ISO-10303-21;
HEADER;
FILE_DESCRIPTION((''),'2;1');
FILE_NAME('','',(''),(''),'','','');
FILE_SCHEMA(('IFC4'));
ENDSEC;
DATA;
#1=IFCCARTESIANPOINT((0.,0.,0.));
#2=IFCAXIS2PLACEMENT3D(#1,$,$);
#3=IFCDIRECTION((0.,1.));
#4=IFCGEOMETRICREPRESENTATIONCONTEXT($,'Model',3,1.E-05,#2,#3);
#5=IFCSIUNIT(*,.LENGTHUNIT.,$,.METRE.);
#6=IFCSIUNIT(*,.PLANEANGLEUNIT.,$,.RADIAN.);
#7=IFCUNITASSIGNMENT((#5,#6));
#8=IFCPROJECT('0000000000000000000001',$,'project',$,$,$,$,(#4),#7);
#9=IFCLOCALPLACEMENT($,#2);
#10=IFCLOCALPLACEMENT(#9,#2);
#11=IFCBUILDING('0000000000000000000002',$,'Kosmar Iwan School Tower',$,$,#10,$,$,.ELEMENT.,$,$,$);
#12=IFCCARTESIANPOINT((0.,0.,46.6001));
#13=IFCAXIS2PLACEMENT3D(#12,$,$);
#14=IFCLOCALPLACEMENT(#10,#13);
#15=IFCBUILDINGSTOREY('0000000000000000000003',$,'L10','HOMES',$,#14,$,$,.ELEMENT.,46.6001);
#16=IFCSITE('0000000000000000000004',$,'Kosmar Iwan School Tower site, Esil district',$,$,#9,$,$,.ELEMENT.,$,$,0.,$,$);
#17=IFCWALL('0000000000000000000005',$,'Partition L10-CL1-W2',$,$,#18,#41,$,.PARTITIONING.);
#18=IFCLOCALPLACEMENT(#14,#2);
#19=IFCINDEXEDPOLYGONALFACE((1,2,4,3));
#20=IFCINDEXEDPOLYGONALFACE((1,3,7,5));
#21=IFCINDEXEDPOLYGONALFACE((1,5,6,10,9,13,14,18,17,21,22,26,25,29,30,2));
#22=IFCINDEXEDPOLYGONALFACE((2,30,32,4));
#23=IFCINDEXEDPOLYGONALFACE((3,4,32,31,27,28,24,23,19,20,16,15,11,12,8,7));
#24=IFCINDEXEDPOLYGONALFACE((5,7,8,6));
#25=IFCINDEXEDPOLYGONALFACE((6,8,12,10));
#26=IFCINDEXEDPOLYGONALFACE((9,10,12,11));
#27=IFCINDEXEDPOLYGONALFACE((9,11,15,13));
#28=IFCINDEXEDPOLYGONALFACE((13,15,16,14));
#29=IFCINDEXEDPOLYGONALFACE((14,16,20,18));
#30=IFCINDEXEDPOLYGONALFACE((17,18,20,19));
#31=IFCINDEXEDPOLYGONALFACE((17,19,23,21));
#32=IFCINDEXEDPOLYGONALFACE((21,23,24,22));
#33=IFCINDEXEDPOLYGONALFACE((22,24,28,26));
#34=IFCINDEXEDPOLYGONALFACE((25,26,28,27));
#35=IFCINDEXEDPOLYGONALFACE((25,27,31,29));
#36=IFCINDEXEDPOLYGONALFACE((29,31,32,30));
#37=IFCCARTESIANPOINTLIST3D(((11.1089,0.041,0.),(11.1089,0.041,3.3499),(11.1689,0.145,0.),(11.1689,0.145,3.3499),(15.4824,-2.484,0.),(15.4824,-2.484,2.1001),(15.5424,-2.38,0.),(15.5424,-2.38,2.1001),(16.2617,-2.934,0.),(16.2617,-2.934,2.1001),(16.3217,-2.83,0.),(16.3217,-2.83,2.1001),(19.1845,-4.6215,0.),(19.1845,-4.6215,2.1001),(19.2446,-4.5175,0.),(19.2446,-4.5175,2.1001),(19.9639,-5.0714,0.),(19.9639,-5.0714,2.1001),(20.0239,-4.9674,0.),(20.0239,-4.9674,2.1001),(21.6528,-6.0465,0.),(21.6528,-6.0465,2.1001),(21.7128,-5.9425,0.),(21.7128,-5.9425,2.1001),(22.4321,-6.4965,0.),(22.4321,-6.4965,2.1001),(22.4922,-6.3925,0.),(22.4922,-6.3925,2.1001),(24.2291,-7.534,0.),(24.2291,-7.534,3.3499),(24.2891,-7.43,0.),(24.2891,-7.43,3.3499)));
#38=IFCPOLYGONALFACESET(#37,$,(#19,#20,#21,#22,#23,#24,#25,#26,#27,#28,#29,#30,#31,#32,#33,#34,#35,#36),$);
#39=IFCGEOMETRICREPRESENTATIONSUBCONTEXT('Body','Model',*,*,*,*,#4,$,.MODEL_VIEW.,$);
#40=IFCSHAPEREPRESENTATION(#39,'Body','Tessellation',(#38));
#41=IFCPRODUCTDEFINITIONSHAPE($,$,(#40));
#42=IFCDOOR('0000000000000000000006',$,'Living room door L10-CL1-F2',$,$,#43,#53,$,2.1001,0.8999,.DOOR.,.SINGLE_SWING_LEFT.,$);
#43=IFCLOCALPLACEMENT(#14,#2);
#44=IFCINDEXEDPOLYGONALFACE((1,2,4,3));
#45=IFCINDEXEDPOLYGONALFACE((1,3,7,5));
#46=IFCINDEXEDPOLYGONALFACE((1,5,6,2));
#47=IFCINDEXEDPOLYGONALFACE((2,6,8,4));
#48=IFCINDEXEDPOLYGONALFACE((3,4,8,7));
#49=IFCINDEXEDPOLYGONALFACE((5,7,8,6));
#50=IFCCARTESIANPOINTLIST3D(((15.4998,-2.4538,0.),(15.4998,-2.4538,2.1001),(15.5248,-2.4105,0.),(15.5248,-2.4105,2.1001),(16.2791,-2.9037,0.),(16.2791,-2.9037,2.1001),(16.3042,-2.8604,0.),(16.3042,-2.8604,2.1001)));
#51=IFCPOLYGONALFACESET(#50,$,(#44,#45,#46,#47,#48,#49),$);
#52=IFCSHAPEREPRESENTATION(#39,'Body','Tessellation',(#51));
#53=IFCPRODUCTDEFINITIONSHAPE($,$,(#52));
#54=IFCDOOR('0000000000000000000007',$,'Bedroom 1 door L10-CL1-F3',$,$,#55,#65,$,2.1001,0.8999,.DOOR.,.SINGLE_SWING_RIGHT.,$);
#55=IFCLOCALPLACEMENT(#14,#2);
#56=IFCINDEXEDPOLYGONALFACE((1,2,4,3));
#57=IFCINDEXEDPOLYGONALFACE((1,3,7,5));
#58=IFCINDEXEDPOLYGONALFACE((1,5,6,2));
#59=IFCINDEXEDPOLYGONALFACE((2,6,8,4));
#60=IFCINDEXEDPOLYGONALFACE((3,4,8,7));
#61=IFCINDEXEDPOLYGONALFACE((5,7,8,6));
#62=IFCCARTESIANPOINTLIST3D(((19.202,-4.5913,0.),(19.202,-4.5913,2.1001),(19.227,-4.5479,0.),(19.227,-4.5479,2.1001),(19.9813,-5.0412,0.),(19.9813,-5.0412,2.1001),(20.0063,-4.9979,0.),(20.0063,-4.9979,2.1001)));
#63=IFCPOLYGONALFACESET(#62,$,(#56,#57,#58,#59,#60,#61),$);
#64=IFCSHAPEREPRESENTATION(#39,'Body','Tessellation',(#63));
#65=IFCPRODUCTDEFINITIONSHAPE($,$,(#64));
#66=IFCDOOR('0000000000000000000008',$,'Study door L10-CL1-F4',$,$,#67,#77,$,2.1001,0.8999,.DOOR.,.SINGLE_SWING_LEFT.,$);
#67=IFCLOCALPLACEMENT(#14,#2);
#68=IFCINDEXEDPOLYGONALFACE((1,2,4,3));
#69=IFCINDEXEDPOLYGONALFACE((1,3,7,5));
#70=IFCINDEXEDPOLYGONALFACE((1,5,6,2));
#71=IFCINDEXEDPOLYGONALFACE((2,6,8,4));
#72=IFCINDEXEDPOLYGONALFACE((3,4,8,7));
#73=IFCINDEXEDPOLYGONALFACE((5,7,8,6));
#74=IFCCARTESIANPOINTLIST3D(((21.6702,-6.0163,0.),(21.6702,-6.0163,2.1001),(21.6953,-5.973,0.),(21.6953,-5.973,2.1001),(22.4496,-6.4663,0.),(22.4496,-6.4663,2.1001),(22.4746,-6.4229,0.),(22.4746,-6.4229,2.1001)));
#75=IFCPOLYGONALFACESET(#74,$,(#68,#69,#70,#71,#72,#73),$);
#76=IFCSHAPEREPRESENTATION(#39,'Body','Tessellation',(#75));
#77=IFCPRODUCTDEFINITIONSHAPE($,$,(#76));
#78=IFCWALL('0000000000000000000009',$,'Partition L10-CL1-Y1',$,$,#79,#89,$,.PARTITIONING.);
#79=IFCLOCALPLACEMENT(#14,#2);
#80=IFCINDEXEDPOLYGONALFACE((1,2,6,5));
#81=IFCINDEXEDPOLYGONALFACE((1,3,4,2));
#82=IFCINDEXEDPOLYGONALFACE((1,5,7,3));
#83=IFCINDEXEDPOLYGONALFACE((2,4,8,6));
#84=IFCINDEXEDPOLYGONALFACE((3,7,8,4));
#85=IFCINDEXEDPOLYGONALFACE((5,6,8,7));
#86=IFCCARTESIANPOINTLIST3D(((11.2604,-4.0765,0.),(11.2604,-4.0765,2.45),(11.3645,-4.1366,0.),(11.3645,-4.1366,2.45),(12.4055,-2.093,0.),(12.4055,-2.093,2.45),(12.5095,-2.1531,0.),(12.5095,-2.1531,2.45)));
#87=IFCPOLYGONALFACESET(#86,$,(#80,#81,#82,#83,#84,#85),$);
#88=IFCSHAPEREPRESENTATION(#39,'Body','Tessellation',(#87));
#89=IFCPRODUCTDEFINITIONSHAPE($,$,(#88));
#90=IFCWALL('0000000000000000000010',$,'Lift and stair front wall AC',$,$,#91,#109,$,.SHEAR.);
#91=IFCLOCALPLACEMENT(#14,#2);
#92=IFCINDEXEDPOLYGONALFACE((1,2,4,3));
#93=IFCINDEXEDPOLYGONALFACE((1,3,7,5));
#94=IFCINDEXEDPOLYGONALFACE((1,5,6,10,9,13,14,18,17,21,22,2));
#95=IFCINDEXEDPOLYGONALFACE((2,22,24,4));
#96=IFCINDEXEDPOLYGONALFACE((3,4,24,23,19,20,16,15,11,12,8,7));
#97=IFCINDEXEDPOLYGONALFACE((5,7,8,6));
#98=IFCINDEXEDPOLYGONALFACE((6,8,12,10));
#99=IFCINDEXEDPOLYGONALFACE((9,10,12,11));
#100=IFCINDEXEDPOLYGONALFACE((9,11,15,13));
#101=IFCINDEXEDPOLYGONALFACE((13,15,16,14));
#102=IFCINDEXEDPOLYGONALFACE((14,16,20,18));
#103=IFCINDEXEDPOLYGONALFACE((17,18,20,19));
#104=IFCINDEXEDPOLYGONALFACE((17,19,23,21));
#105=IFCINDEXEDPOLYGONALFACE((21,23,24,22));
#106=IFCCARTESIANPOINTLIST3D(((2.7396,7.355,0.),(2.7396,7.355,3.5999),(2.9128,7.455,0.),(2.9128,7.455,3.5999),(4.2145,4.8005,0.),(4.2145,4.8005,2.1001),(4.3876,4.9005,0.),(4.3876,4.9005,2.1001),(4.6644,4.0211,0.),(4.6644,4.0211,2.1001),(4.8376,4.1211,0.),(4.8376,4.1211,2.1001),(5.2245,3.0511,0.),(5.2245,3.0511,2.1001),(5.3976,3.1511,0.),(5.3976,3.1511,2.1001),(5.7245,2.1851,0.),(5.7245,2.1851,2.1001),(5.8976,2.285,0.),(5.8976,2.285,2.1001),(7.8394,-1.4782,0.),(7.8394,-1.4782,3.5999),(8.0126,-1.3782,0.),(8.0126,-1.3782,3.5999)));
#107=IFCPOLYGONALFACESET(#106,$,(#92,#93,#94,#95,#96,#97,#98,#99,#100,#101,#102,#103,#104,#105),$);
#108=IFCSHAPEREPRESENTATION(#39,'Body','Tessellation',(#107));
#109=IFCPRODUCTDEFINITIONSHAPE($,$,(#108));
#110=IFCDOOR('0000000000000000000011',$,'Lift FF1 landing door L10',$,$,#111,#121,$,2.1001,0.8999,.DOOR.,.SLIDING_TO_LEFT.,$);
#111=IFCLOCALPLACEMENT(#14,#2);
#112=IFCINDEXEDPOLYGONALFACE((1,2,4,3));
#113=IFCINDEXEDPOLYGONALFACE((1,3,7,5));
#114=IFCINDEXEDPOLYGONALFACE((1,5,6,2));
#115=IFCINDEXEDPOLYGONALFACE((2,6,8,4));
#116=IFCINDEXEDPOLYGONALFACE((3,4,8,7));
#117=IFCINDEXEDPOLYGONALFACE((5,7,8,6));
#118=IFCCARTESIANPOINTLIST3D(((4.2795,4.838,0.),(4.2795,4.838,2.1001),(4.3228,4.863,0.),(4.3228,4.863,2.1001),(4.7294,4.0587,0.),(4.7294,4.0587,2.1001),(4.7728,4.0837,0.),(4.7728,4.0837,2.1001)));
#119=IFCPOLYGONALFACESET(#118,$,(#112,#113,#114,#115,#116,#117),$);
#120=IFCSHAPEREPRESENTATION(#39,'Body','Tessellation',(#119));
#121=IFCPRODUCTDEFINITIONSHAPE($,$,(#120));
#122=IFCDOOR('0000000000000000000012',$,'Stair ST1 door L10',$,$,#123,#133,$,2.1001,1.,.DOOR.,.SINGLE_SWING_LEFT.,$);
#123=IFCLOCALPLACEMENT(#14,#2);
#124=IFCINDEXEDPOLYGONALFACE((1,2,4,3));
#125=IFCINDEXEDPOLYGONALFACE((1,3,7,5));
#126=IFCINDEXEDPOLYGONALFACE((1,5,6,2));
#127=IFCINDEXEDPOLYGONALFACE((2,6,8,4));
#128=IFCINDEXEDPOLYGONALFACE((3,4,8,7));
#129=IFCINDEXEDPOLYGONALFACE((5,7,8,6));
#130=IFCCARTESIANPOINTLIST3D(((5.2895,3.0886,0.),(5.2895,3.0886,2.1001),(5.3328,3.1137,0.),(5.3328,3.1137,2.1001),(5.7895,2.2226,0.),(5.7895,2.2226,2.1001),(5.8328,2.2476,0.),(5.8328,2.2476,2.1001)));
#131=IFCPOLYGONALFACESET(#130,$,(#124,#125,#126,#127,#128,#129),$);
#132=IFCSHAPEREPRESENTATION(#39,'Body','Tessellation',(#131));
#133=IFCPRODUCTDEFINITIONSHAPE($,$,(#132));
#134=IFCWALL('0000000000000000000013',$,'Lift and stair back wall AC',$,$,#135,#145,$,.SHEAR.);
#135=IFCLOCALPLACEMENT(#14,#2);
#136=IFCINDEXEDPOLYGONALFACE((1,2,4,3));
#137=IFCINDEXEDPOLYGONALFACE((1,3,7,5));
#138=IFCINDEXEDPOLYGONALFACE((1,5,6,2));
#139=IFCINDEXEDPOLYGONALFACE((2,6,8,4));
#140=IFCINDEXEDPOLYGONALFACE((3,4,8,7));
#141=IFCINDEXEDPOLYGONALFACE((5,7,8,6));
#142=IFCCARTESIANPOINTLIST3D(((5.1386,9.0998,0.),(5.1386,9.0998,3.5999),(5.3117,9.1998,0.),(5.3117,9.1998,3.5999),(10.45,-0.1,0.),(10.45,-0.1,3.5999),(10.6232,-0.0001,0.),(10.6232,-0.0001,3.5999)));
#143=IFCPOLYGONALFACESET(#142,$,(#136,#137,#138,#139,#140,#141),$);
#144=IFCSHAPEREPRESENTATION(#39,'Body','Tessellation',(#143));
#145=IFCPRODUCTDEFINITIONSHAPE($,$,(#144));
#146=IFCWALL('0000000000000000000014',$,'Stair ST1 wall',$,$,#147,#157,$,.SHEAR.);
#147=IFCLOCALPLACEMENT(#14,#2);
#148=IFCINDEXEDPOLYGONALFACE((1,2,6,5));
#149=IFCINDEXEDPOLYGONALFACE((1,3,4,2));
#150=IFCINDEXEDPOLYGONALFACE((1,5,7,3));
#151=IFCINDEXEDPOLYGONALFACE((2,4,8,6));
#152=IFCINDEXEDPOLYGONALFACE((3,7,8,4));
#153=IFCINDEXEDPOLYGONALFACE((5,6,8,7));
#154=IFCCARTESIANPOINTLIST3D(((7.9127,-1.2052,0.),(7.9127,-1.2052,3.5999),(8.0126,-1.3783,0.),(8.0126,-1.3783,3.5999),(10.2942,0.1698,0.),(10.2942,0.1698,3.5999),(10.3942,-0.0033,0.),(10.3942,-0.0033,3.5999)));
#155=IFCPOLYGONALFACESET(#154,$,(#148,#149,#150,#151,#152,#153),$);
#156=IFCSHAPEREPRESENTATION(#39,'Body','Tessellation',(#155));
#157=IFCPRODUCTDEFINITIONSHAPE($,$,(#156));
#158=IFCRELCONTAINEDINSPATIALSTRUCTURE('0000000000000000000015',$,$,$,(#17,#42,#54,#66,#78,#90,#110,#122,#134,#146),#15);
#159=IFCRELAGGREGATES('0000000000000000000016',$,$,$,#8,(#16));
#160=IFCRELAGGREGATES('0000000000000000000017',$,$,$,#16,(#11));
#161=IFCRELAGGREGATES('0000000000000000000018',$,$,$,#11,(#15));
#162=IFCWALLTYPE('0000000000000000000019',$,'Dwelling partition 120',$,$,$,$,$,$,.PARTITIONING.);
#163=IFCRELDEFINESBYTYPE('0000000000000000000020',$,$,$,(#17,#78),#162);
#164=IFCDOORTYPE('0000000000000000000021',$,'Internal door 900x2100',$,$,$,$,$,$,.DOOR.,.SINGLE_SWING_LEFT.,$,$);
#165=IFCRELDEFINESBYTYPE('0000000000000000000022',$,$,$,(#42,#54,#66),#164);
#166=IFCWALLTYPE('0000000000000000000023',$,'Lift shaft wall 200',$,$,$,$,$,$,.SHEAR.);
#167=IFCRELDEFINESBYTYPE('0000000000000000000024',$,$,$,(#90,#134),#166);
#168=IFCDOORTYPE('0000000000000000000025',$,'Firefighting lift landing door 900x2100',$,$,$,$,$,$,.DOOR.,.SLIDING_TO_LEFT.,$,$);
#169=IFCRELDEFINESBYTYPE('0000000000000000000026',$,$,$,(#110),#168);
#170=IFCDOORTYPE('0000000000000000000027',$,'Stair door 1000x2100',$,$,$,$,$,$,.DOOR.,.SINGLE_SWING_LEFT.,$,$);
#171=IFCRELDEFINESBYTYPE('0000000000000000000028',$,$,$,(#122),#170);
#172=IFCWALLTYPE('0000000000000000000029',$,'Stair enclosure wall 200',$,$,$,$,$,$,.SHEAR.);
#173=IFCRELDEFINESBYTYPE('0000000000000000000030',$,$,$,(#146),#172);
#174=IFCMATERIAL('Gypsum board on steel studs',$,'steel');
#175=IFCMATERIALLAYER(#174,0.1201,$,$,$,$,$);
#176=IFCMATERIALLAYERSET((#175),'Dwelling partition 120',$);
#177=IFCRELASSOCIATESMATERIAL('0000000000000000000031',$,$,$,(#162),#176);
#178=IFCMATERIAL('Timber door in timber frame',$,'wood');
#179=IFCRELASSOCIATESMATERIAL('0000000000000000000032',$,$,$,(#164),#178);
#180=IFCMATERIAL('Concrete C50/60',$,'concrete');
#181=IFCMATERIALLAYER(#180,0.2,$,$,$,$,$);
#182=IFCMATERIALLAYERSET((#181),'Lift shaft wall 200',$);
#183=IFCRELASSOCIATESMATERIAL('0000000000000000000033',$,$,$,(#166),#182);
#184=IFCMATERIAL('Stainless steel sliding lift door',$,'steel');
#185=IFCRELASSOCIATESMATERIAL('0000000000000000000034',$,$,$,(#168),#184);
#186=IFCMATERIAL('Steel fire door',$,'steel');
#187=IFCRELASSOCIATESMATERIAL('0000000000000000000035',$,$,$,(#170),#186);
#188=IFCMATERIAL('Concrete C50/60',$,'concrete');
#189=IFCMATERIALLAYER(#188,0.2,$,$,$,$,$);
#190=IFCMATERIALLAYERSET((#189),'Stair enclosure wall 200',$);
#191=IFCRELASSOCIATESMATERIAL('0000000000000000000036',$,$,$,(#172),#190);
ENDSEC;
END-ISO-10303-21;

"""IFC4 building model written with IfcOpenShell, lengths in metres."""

from ifc_helpers import new_model, si_unit, direction, frame, frame_2d, origin, place, context, subcontext, project, spatial, rectangle, extrude, material, layer, layer_set, type_object, element, fill, save


model = new_model("IFC4")

# Units and contexts
model_context = context("Model", 3, precision=1e-05, world=origin(), true_north=direction((0.0, 1.0)))
body_context = subcontext(model_context, "Body", "Model", "MODEL_VIEW")
ifc_project = project(units=[si_unit("LENGTHUNIT", "METRE"), si_unit("PLANEANGLEUNIT", "RADIAN")], contexts=[model_context])

# Site, building, storey
site_placement = place(None, origin())
site = spatial("IfcSite", under=ifc_project, at=site_placement, Name="Kosmar Iwan School Tower site, Esil district", CompositionType="ELEMENT", RefElevation=0.0)
building_placement = place(site_placement, origin())
building = spatial("IfcBuilding", under=site, at=building_placement, Name="Kosmar Iwan School Tower", CompositionType="ELEMENT")
storey_placement = place(building_placement, frame((0.0, 0.0, 46.6001)))
storey = spatial("IfcBuildingStorey", under=building, at=storey_placement, Name="L10", Description="HOMES", CompositionType="ELEMENT", Elevation=46.6001)

# Wall, openings, doors
ifc_material_1 = material(Name="Gypsum board on steel studs", Category="steel")
ifc_layer_1 = layer(ifc_material_1, 0.1201)
ifc_layer_set_1 = layer_set([ifc_layer_1], Name="Dwelling partition 120")
wall_type_1 = type_object("IfcWallType", Name="Dwelling partition 120", PredefinedType="PARTITIONING", material=ifc_layer_set_1)
ifc_material_2 = material(Name="Timber door in timber frame", Category="wood")
door_type_1 = type_object("IfcDoorType", Name="Internal door 900x2100", OperationType="SINGLE_SWING_LEFT", PredefinedType="DOOR", material=ifc_material_2)
wall_1_placement = place(storey_placement, frame((11.1389, 0.093, 0.0), z_axis=(0.0, 0.0, 1.0), x_axis=(0.866024, -0.500002, 0.0)))
wall_1 = element("IfcWall", 1, at=wall_1_placement, inside=storey, type_object=wall_type_1, Name="Partition L10-CL1-W2", PredefinedType="PARTITIONING", context=body_context, shape_type="SweptSolid", body=[
    extrude(rectangle(XDim=15.1499, YDim=0.1201, at=frame_2d((7.575, 0.0))), origin(), (0.0, 0.0, 1.0), 3.3499),
])
opening_1_placement = place(wall_1_placement, frame((5.05, 0.0, 0.0)))
opening_1 = element("IfcOpeningElement", 2, at=opening_1_placement, cuts=wall_1, PredefinedType="OPENING", context=body_context, shape_type="SweptSolid", body=[
    extrude(rectangle(XDim=0.8999, YDim=2.1001, at=frame_2d((0.45, 1.05))), frame((0.0, 0.072, 0.0), z_axis=(0.0, -1.0, 0.0), x_axis=(1.0, 0.0, 0.0)), (0.0, 0.0, 1.0), 0.144),
])
opening_2_placement = place(wall_1_placement, frame((9.325, 0.0, 0.0)))
opening_2 = element("IfcOpeningElement", 3, at=opening_2_placement, cuts=wall_1, PredefinedType="OPENING", context=body_context, shape_type="SweptSolid", body=[
    extrude(rectangle(XDim=0.8999, YDim=2.1001, at=frame_2d((0.45, 1.05))), frame((0.0, 0.072, 0.0), z_axis=(0.0, -1.0, 0.0), x_axis=(1.0, 0.0, 0.0)), (0.0, 0.0, 1.0), 0.144),
])
opening_3_placement = place(wall_1_placement, frame((12.175, 0.0, 0.0)))
opening_3 = element("IfcOpeningElement", 4, at=opening_3_placement, cuts=wall_1, PredefinedType="OPENING", context=body_context, shape_type="SweptSolid", body=[
    extrude(rectangle(XDim=0.8999, YDim=2.1001, at=frame_2d((0.45, 1.05))), frame((0.0, 0.072, 0.0), z_axis=(0.0, -1.0, 0.0), x_axis=(1.0, 0.0, 0.0)), (0.0, 0.0, 1.0), 0.144),
])
door_1_placement = place(opening_1_placement, origin())
door_1 = element("IfcDoor", 5, at=door_1_placement, inside=storey, type_object=door_type_1, Name="Living room door L10-CL1-F2", OperationType="SINGLE_SWING_LEFT", OverallHeight=2.1001, OverallWidth=0.8999, PredefinedType="DOOR", context=body_context, shape_type="SweptSolid", body=[
    extrude(rectangle(XDim=0.8999, YDim=2.1001, at=frame_2d((0.45, 1.05))), frame((0.0, 0.0249, 0.0), z_axis=(0.0, -1.0, 0.0), x_axis=(1.0, 0.0, 0.0)), (0.0, 0.0, 1.0), 0.05),
])
fill(opening_1, door_1)
door_2_placement = place(opening_2_placement, origin())
door_2 = element("IfcDoor", 6, at=door_2_placement, inside=storey, type_object=door_type_1, Name="Bedroom 1 door L10-CL1-F3", OperationType="SINGLE_SWING_RIGHT", OverallHeight=2.1001, OverallWidth=0.8999, PredefinedType="DOOR", context=body_context, shape_type="SweptSolid", body=[
    extrude(rectangle(XDim=0.8999, YDim=2.1001, at=frame_2d((0.45, 1.05))), frame((0.0, 0.0249, 0.0), z_axis=(0.0, -1.0, 0.0), x_axis=(1.0, 0.0, 0.0)), (0.0, 0.0, 1.0), 0.05),
])
fill(opening_2, door_2)
door_3_placement = place(opening_3_placement, origin())
door_3 = element("IfcDoor", 7, at=door_3_placement, inside=storey, type_object=door_type_1, Name="Study door L10-CL1-F4", OperationType="SINGLE_SWING_LEFT", OverallHeight=2.1001, OverallWidth=0.8999, PredefinedType="DOOR", context=body_context, shape_type="SweptSolid", body=[
    extrude(rectangle(XDim=0.8999, YDim=2.1001, at=frame_2d((0.45, 1.05))), frame((0.0, 0.0249, 0.0), z_axis=(0.0, -1.0, 0.0), x_axis=(1.0, 0.0, 0.0)), (0.0, 0.0, 1.0), 0.05),
])
fill(opening_3, door_3)

# Wall
wall_2_placement = place(storey_placement, frame((11.3125, -4.1064, 0.0), z_axis=(0.0, 0.0, 1.0), x_axis=(0.499969, 0.866044, 0.0)))
element("IfcWall", 8, at=wall_2_placement, inside=storey, type_object=wall_type_1, Name="Partition L10-CL1-Y1", PredefinedType="PARTITIONING", context=body_context, shape_type="SweptSolid", body=[
    extrude(rectangle(XDim=2.2903, YDim=0.1201, at=frame_2d((1.145, 0.0))), origin(), (0.0, 0.0, 1.0), 2.45),
])

# Wall, openings, doors
ifc_material_3 = material(Name="Concrete C50/60", Category="concrete")
ifc_layer_2 = layer(ifc_material_3, 0.2)
ifc_layer_set_2 = layer_set([ifc_layer_2], Name="Lift shaft wall 200")
wall_type_2 = type_object("IfcWallType", Name="Lift shaft wall 200", PredefinedType="SHEAR", material=ifc_layer_set_2)
wall_3_placement = place(storey_placement, frame((7.926, -1.4282, 0.0), z_axis=(0.0, 0.0, 1.0), x_axis=(-0.499998, 0.866027, 0.0)))
wall_3 = element("IfcWall", 9, at=wall_3_placement, inside=storey, type_object=wall_type_2, Name="Lift and stair front wall AC", PredefinedType="SHEAR", context=body_context, shape_type="SweptSolid", body=[
    extrude(rectangle(XDim=10.1997, YDim=0.2, at=frame_2d((5.0999, 0.0))), origin(), (0.0, 0.0, 1.0), 3.5999),
])
opening_4_placement = place(wall_3_placement, frame((6.3501, 0.0, 0.0)))
opening_4 = element("IfcOpeningElement", 10, at=opening_4_placement, cuts=wall_3, PredefinedType="OPENING", context=body_context, shape_type="SweptSolid", body=[
    extrude(rectangle(XDim=0.8999, YDim=2.1001, at=frame_2d((0.45, 1.05))), frame((0.0, 0.1121, 0.0), z_axis=(0.0, -1.0, 0.0), x_axis=(1.0, 0.0, 0.0)), (0.0, 0.0, 1.0), 0.2239),
])
opening_5_placement = place(wall_3_placement, frame((4.23, 0.0, 0.0)))
opening_5 = element("IfcOpeningElement", 11, at=opening_5_placement, cuts=wall_3, PredefinedType="OPENING", context=body_context, shape_type="SweptSolid", body=[
    extrude(rectangle(XDim=1.0, YDim=2.1001, at=frame_2d((0.5, 1.05))), frame((0.0, 0.1121, 0.0), z_axis=(0.0, -1.0, 0.0), x_axis=(1.0, 0.0, 0.0)), (0.0, 0.0, 1.0), 0.2239),
])
ifc_material_4 = material(Name="Stainless steel sliding lift door", Category="steel")
door_type_2 = type_object("IfcDoorType", Name="Firefighting lift landing door 900x2100", OperationType="SLIDING_TO_LEFT", PredefinedType="DOOR", material=ifc_material_4)
door_4_placement = place(opening_4_placement, origin())
door_4 = element("IfcDoor", 12, at=door_4_placement, inside=storey, type_object=door_type_2, Name="Lift FF1 landing door L10", OperationType="SLIDING_TO_LEFT", OverallHeight=2.1001, OverallWidth=0.8999, PredefinedType="DOOR", context=body_context, shape_type="SweptSolid", body=[
    extrude(rectangle(XDim=0.8999, YDim=2.1001, at=frame_2d((0.45, 1.05))), frame((0.0, 0.0249, 0.0), z_axis=(0.0, -1.0, 0.0), x_axis=(1.0, 0.0, 0.0)), (0.0, 0.0, 1.0), 0.05),
])
fill(opening_4, door_4)
ifc_material_5 = material(Name="Steel fire door", Category="steel")
door_type_3 = type_object("IfcDoorType", Name="Stair door 1000x2100", OperationType="SINGLE_SWING_LEFT", PredefinedType="DOOR", material=ifc_material_5)
door_5_placement = place(opening_5_placement, origin())
door_5 = element("IfcDoor", 13, at=door_5_placement, inside=storey, type_object=door_type_3, Name="Stair ST1 door L10", OperationType="SINGLE_SWING_LEFT", OverallHeight=2.1001, OverallWidth=1.0, PredefinedType="DOOR", context=body_context, shape_type="SweptSolid", body=[
    extrude(rectangle(XDim=1.0, YDim=2.1001, at=frame_2d((0.5, 1.05))), frame((0.0, 0.0249, 0.0), z_axis=(0.0, -1.0, 0.0), x_axis=(1.0, 0.0, 0.0)), (0.0, 0.0, 1.0), 0.05),
])
fill(opening_5, door_5)

# Walls
wall_4_placement = place(storey_placement, frame((10.5366, -0.05, 0.0), z_axis=(0.0, 0.0, 1.0), x_axis=(-0.499995, 0.866028, 0.0)))
element("IfcWall", 14, at=wall_4_placement, inside=storey, type_object=wall_type_2, Name="Lift and stair back wall AC", PredefinedType="SHEAR", context=body_context, shape_type="SweptSolid", body=[
    extrude(rectangle(XDim=10.623, YDim=0.2, at=frame_2d((5.3115, 0.0))), origin(), (0.0, 0.0, 1.0), 3.5999),
])
ifc_material_6 = material(Name="Concrete C50/60", Category="concrete")
ifc_layer_3 = layer(ifc_material_6, 0.2)
ifc_layer_set_3 = layer_set([ifc_layer_3], Name="Stair enclosure wall 200")
wall_type_3 = type_object("IfcWallType", Name="Stair enclosure wall 200", PredefinedType="SHEAR", material=ifc_layer_set_3)
wall_5_placement = place(storey_placement, frame((7.9626, -1.2917, 0.0), z_axis=(0.0, 0.0, 1.0), x_axis=(0.866027, 0.499997, 0.0)))
element("IfcWall", 15, at=wall_5_placement, inside=storey, type_object=wall_type_3, Name="Stair ST1 wall", PredefinedType="SHEAR", context=body_context, shape_type="SweptSolid", body=[
    extrude(rectangle(XDim=2.75, YDim=0.2, at=frame_2d((1.375, 0.0))), origin(), (0.0, 0.0, 1.0), 3.5999),
])

save(model, "model.ifc")
